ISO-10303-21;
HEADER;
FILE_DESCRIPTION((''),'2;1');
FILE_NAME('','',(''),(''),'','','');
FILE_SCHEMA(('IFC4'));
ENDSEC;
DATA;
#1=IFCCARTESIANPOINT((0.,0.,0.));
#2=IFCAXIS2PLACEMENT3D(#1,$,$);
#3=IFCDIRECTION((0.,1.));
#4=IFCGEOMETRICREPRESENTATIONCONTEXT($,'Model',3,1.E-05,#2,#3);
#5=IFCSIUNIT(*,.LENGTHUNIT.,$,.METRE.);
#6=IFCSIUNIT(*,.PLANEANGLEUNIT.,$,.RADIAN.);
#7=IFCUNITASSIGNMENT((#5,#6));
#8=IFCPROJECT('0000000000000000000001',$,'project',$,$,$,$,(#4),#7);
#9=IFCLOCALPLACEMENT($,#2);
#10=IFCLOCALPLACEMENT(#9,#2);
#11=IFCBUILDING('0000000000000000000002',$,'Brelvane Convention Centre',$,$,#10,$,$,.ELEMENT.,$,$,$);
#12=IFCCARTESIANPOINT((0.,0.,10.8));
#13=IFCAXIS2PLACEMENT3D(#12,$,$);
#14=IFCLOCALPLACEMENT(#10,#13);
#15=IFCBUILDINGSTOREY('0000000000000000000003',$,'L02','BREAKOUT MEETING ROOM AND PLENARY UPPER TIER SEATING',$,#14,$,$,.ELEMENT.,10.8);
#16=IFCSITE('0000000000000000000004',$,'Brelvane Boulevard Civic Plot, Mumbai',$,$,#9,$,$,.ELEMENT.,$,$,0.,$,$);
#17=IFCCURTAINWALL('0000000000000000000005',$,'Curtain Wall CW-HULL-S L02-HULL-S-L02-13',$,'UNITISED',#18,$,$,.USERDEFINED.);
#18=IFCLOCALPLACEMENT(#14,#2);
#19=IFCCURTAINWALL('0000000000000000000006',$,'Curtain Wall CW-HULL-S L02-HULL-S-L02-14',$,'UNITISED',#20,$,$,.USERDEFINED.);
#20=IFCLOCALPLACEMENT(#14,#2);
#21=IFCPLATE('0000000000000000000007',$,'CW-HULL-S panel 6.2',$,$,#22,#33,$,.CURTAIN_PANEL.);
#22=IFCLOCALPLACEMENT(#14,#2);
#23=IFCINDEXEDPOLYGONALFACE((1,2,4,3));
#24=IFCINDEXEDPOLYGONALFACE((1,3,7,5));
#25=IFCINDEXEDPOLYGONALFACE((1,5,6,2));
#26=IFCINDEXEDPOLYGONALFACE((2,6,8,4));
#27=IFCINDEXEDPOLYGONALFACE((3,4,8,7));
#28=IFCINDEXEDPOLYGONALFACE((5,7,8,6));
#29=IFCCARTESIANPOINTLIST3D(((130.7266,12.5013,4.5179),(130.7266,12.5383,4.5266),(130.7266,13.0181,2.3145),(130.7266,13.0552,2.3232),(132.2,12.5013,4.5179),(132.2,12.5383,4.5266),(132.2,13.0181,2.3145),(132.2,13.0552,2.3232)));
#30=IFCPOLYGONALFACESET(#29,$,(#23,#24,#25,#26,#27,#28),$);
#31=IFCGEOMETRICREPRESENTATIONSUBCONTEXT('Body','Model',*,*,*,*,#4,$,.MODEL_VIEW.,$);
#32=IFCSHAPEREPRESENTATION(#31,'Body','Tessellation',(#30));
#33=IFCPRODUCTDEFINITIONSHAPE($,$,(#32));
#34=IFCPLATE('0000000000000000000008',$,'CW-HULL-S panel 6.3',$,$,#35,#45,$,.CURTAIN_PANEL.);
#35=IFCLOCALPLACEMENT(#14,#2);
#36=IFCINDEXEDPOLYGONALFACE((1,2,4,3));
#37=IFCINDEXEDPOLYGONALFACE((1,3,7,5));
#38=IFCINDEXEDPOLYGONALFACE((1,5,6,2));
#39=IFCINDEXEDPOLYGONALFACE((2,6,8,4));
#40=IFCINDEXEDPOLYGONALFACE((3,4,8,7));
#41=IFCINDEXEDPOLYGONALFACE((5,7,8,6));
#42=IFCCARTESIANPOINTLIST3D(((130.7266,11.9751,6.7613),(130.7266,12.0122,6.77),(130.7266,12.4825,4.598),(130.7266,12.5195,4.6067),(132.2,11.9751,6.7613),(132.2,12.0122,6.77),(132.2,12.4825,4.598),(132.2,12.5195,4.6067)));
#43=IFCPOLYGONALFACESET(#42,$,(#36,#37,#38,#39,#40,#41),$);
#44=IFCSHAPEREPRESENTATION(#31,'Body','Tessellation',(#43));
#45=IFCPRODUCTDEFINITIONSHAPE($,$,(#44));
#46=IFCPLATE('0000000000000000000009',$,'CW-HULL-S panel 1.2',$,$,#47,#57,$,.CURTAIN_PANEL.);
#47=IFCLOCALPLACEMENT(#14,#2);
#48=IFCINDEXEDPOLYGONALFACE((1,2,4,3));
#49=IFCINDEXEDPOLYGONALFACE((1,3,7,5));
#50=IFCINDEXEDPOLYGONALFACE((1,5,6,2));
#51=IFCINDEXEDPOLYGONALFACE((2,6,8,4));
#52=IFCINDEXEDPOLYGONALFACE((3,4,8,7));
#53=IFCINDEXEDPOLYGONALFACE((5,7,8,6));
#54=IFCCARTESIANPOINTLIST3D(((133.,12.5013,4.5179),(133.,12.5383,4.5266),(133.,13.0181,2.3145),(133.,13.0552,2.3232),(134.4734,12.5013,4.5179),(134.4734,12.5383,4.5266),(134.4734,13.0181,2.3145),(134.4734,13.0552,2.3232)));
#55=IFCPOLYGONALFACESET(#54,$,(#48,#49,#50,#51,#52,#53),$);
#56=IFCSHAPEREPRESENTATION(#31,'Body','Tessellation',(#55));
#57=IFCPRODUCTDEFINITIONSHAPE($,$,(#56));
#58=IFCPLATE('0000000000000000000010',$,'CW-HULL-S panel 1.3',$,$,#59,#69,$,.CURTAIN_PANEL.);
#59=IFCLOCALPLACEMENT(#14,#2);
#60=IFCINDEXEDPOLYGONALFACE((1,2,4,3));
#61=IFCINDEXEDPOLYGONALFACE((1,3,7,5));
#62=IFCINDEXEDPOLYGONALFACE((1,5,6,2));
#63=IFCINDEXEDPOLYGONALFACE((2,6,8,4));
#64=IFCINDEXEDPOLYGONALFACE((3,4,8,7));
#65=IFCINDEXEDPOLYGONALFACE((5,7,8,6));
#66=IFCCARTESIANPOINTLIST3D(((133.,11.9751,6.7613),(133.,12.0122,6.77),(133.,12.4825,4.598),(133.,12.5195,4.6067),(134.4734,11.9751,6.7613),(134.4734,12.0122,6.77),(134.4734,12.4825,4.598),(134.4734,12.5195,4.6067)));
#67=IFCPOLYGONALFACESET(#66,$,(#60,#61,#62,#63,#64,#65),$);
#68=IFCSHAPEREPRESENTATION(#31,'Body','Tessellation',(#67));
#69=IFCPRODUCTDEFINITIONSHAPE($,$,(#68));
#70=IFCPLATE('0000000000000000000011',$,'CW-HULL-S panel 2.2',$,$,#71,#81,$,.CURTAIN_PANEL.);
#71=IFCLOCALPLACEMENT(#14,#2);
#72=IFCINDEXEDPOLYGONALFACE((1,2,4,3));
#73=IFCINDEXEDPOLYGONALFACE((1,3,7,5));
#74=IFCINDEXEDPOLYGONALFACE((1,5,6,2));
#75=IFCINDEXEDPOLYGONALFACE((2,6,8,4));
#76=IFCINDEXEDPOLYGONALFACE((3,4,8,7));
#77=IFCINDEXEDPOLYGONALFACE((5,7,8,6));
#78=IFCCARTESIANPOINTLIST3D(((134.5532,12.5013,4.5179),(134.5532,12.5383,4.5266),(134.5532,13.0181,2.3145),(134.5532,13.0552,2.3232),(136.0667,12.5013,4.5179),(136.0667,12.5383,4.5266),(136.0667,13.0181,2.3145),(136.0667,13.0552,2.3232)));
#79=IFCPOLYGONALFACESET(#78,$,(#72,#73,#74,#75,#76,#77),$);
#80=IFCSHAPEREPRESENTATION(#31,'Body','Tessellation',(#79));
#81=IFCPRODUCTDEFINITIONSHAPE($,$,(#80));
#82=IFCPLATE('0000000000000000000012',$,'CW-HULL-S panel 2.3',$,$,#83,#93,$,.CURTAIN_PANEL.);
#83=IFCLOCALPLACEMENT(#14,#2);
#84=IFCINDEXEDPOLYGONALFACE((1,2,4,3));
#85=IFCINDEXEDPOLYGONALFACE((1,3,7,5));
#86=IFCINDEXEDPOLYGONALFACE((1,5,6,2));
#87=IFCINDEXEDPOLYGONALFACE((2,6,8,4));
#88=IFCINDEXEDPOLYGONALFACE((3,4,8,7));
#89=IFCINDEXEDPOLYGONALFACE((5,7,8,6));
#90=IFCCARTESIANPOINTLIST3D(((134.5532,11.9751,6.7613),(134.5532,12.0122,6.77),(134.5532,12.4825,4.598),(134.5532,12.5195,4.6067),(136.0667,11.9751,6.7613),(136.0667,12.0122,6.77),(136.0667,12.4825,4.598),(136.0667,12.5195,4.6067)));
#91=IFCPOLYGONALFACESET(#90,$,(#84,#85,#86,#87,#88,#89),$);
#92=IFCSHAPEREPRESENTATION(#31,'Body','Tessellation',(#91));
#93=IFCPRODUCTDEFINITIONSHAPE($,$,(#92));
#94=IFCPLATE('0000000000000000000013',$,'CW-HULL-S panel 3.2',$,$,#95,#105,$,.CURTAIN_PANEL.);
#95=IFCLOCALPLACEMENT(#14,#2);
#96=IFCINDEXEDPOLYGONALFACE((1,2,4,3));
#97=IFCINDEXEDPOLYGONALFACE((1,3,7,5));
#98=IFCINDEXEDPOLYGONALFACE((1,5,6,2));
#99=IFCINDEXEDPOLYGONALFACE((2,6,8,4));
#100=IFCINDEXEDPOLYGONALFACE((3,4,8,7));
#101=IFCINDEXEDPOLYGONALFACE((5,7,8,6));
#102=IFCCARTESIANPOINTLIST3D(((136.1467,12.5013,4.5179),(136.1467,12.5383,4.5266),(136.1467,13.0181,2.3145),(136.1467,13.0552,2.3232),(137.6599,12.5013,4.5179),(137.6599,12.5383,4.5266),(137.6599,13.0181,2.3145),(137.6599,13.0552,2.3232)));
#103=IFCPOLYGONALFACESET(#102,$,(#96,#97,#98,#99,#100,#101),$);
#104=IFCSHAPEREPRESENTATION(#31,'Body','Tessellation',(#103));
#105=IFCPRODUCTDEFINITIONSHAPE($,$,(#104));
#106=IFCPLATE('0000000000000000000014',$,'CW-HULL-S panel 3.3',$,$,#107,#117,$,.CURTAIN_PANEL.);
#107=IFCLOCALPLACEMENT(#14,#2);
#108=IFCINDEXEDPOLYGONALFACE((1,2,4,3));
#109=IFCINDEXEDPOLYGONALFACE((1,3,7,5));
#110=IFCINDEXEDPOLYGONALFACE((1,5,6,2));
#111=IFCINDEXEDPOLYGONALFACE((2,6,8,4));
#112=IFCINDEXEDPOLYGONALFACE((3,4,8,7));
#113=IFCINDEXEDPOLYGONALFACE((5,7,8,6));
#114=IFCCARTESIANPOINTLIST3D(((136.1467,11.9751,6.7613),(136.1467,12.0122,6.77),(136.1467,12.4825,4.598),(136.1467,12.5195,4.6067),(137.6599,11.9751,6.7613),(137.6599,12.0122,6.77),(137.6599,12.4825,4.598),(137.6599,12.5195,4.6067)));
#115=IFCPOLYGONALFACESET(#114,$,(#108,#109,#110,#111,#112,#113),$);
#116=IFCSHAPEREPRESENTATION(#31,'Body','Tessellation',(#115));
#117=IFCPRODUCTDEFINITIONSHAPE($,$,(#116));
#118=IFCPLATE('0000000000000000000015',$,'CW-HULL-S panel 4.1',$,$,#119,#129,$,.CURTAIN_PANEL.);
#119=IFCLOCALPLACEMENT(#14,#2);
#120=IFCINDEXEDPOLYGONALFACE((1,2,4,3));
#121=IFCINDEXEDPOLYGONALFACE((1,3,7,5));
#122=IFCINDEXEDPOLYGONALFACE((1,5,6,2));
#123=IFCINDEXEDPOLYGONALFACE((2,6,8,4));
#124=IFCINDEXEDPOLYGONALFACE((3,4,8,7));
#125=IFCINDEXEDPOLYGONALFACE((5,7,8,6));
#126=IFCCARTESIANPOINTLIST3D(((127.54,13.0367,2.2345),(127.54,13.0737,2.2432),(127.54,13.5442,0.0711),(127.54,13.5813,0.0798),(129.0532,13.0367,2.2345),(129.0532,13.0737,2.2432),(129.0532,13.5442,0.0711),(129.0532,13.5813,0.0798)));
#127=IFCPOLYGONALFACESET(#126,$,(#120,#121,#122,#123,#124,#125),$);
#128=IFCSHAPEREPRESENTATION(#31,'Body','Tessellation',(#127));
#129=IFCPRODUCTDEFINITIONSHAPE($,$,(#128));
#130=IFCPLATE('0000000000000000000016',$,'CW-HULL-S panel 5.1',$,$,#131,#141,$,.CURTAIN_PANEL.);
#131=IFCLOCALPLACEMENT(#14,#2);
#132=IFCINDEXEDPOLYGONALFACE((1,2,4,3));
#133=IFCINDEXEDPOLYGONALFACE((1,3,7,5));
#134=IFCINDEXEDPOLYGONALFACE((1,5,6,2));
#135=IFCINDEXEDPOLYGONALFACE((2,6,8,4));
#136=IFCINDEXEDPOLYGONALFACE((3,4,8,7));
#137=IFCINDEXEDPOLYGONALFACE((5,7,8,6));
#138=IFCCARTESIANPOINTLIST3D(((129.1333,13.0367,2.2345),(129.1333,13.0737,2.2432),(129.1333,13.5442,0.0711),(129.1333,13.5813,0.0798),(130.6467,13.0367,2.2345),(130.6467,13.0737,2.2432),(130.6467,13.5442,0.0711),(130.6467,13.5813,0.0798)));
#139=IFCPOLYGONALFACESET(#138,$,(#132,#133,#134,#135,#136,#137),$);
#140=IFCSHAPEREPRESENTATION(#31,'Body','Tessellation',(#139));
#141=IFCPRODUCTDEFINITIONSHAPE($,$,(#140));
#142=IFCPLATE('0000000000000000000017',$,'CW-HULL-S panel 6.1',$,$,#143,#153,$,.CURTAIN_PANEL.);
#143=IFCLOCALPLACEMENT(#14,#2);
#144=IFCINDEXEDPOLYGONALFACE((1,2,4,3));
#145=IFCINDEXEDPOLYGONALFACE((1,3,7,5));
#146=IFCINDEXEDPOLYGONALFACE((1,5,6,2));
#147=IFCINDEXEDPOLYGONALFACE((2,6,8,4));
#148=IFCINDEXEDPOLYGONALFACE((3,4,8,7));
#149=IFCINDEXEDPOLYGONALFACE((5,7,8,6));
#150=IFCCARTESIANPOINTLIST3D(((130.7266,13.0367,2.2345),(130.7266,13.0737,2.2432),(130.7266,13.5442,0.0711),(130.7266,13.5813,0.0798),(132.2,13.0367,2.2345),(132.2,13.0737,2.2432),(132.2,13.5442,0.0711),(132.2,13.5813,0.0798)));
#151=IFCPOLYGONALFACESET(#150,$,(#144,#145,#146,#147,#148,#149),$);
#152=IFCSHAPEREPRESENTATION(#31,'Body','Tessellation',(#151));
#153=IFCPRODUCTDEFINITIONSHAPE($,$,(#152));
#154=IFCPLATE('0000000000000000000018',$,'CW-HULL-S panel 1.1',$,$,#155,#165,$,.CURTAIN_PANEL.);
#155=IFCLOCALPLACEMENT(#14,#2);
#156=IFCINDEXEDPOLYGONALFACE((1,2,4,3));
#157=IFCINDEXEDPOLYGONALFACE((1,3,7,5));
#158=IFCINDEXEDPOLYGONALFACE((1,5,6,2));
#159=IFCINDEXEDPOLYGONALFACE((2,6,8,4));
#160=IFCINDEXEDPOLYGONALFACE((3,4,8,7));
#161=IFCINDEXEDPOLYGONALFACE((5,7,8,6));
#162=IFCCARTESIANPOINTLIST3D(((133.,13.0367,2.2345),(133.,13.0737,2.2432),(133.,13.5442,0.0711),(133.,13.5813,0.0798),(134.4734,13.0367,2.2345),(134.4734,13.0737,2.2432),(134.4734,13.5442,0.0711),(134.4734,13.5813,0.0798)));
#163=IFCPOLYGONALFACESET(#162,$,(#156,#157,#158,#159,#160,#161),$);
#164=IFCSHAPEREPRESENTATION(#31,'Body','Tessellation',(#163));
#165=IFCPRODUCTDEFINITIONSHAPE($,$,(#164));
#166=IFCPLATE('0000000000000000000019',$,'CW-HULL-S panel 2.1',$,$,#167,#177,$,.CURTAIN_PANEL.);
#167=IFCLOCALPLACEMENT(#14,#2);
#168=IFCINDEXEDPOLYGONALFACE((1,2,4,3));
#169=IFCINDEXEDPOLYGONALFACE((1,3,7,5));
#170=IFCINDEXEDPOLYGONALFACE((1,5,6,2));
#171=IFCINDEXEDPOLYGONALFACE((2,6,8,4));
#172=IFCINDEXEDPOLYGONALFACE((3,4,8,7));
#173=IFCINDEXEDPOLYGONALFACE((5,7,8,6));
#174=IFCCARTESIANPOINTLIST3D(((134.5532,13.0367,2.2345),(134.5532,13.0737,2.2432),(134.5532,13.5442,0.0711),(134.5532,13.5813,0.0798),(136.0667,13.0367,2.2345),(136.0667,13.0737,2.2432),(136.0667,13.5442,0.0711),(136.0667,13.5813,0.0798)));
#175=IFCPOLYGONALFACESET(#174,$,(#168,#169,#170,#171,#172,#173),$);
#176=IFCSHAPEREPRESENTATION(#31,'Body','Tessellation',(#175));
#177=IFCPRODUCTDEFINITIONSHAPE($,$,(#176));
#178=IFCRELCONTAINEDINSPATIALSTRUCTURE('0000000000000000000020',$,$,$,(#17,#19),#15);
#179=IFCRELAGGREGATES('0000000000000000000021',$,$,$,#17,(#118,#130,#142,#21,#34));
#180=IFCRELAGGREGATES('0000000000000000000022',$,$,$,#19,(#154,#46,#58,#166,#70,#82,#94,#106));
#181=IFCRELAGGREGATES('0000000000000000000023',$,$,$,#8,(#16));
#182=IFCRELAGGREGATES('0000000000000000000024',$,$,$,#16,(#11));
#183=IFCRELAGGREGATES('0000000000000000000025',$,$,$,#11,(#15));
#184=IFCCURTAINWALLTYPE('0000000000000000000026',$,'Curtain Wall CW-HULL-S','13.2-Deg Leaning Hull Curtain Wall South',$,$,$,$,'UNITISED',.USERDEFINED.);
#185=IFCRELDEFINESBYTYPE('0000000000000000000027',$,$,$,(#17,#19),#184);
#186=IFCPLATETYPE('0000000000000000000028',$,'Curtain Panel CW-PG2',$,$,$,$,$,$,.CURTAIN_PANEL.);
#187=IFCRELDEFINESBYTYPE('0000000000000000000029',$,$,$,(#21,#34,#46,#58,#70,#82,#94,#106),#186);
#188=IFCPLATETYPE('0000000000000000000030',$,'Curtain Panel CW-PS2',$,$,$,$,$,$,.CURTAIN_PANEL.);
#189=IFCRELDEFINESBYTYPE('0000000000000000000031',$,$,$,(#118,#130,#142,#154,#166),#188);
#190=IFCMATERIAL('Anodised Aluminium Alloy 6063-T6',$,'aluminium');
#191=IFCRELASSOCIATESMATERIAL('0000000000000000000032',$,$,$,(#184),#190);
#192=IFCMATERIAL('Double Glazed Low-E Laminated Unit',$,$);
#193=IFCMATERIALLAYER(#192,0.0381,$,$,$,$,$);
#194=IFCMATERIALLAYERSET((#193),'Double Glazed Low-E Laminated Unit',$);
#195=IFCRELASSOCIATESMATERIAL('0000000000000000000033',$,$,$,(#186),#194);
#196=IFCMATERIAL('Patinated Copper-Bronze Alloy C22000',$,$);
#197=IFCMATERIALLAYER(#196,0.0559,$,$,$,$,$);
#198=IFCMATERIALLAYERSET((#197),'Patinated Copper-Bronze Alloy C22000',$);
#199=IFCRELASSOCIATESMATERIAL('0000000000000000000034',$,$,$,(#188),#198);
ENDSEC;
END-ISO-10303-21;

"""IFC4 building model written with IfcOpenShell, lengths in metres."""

from ifc_helpers import new_model, si_unit, direction, frame, origin, place, context, subcontext, project, spatial, polyline, outline, extrude, material, layer, layer_set, type_object, element, aggregate, save


model = new_model("IFC4")

# Units and contexts
model_context = context("Model", 3, precision=1e-05, world=origin(), true_north=direction((0.0, 1.0)))
body_context = subcontext(model_context, "Body", "Model", "MODEL_VIEW")
ifc_project = project(units=[si_unit("LENGTHUNIT", "METRE"), si_unit("PLANEANGLEUNIT", "RADIAN")], contexts=[model_context])

# Site, building, storey
site_placement = place(None, origin())
site = spatial("IfcSite", under=ifc_project, at=site_placement, Name="Brelvane Boulevard Civic Plot, Mumbai", CompositionType="ELEMENT", RefElevation=0.0)
building_placement = place(site_placement, origin())
building = spatial("IfcBuilding", under=site, at=building_placement, Name="Brelvane Convention Centre", CompositionType="ELEMENT")
storey_placement = place(building_placement, frame((0.0, 0.0, 10.8)))
storey = spatial("IfcBuildingStorey", under=building, at=storey_placement, Name="L02", Description="BREAKOUT MEETING ROOM AND PLENARY UPPER TIER SEATING", CompositionType="ELEMENT", Elevation=10.8)

# Curtain walls
ifc_material_1 = material(Name="Anodised Aluminium Alloy 6063-T6", Category="aluminium")
curtain_wall_type = type_object("IfcCurtainWallType", Name="Curtain Wall CW-HULL-S", Description="13.2-Deg Leaning Hull Curtain Wall South", ElementType="UNITISED", PredefinedType="USERDEFINED", material=ifc_material_1)
curtain_wall_1_placement = place(storey_placement, origin())
curtain_wall_1 = element("IfcCurtainWall", 1, at=curtain_wall_1_placement, inside=storey, type_object=curtain_wall_type, Name="Curtain Wall CW-HULL-S L02-HULL-S-L02-13", ObjectType="UNITISED", PredefinedType="USERDEFINED")
curtain_wall_2_placement = place(storey_placement, origin())
curtain_wall_2 = element("IfcCurtainWall", 2, at=curtain_wall_2_placement, inside=storey, type_object=curtain_wall_type, Name="Curtain Wall CW-HULL-S L02-HULL-S-L02-14", ObjectType="UNITISED", PredefinedType="USERDEFINED")

# Plates
ifc_material_2 = material(Name="Double Glazed Low-E Laminated Unit")
ifc_layer_1 = layer(ifc_material_2, 0.0381)
ifc_layer_set_1 = layer_set([ifc_layer_1], Name="Double Glazed Low-E Laminated Unit")
plate_type_1 = type_object("IfcPlateType", Name="Curtain Panel CW-PG2", PredefinedType="CURTAIN_PANEL", material=ifc_layer_set_1)
plate_1_placement = place(storey_placement, frame((130.7266, 13.0552, 2.3232), z_axis=(0.0, 0.973574, 0.228372), x_axis=(1.0, 0.0, 0.0)))
plate_1 = element("IfcPlate", 3, at=plate_1_placement, type_object=plate_type_1, Name="CW-HULL-S panel 6.2", PredefinedType="CURTAIN_PANEL", context=body_context, shape_type="SweptSolid", body=[
    extrude(outline(polyline([(0.0, 0.0), (1.4734, 0.0), (1.4734, -2.2632), (0.0, -2.2632), (0.0, 0.0)])), origin(), (0.0, 0.0, -1.0), 0.0381),
])
plate_2_placement = place(storey_placement, frame((130.7266, 12.5195, 4.6067), z_axis=(0.0, 0.973587, 0.228317), x_axis=(1.0, 0.0, 0.0)))
plate_2 = element("IfcPlate", 4, at=plate_2_placement, type_object=plate_type_1, Name="CW-HULL-S panel 6.3", PredefinedType="CURTAIN_PANEL", context=body_context, shape_type="SweptSolid", body=[
    extrude(outline(polyline([(0.0, 0.0), (1.4734, 0.0), (1.4734, -2.222), (0.0, -2.222), (0.0, 0.0)])), origin(), (0.0, 0.0, -1.0), 0.0381),
])
plate_3_placement = place(storey_placement, frame((133.0, 13.0552, 2.3232), z_axis=(0.0, 0.973574, 0.228372), x_axis=(1.0, 0.0, 0.0)))
plate_3 = element("IfcPlate", 5, at=plate_3_placement, type_object=plate_type_1, Name="CW-HULL-S panel 1.2", PredefinedType="CURTAIN_PANEL", context=body_context, shape_type="SweptSolid", body=[
    extrude(outline(polyline([(0.0, 0.0), (1.4734, 0.0), (1.4734, -2.2632), (0.0, -2.2632), (0.0, 0.0)])), origin(), (0.0, 0.0, -1.0), 0.0381),
])
plate_4_placement = place(storey_placement, frame((133.0, 12.5195, 4.6067), z_axis=(0.0, 0.973587, 0.228317), x_axis=(1.0, 0.0, 0.0)))
plate_4 = element("IfcPlate", 6, at=plate_4_placement, type_object=plate_type_1, Name="CW-HULL-S panel 1.3", PredefinedType="CURTAIN_PANEL", context=body_context, shape_type="SweptSolid", body=[
    extrude(outline(polyline([(0.0, 0.0), (1.4734, 0.0), (1.4734, -2.222), (0.0, -2.222), (0.0, 0.0)])), origin(), (0.0, 0.0, -1.0), 0.0381),
])
plate_5_placement = place(storey_placement, frame((134.5532, 13.0552, 2.3232), z_axis=(0.0, 0.973574, 0.228372), x_axis=(1.0, 0.0, 0.0)))
plate_5 = element("IfcPlate", 7, at=plate_5_placement, type_object=plate_type_1, Name="CW-HULL-S panel 2.2", PredefinedType="CURTAIN_PANEL", context=body_context, shape_type="SweptSolid", body=[
    extrude(outline(polyline([(0.0, 0.0), (1.5134, 0.0), (1.5134, -2.2632), (0.0, -2.2632), (0.0, 0.0)])), origin(), (0.0, 0.0, -1.0), 0.0381),
])
plate_6_placement = place(storey_placement, frame((134.5532, 12.5195, 4.6067), z_axis=(0.0, 0.973587, 0.228317), x_axis=(1.0, 0.0, 0.0)))
plate_6 = element("IfcPlate", 8, at=plate_6_placement, type_object=plate_type_1, Name="CW-HULL-S panel 2.3", PredefinedType="CURTAIN_PANEL", context=body_context, shape_type="SweptSolid", body=[
    extrude(outline(polyline([(0.0, 0.0), (1.5134, 0.0), (1.5134, -2.222), (0.0, -2.222), (0.0, 0.0)])), origin(), (0.0, 0.0, -1.0), 0.0381),
])
plate_7_placement = place(storey_placement, frame((136.1467, 13.0552, 2.3232), z_axis=(0.0, 0.973574, 0.228372), x_axis=(1.0, 0.0, 0.0)))
plate_7 = element("IfcPlate", 9, at=plate_7_placement, type_object=plate_type_1, Name="CW-HULL-S panel 3.2", PredefinedType="CURTAIN_PANEL", context=body_context, shape_type="SweptSolid", body=[
    extrude(outline(polyline([(0.0, 0.0), (1.5132, 0.0), (1.5132, -2.2632), (0.0, -2.2632), (0.0, 0.0)])), origin(), (0.0, 0.0, -1.0), 0.0381),
])
plate_8_placement = place(storey_placement, frame((136.1467, 12.5195, 4.6067), z_axis=(0.0, 0.973587, 0.228317), x_axis=(1.0, 0.0, 0.0)))
plate_8 = element("IfcPlate", 10, at=plate_8_placement, type_object=plate_type_1, Name="CW-HULL-S panel 3.3", PredefinedType="CURTAIN_PANEL", context=body_context, shape_type="SweptSolid", body=[
    extrude(outline(polyline([(0.0, 0.0), (1.5132, 0.0), (1.5132, -2.222), (0.0, -2.222), (0.0, 0.0)])), origin(), (0.0, 0.0, -1.0), 0.0381),
])
ifc_material_3 = material(Name="Patinated Copper-Bronze Alloy C22000")
ifc_layer_2 = layer(ifc_material_3, 0.0559)
ifc_layer_set_2 = layer_set([ifc_layer_2], Name="Patinated Copper-Bronze Alloy C22000")
plate_type_2 = type_object("IfcPlateType", Name="Curtain Panel CW-PS2", PredefinedType="CURTAIN_PANEL", material=ifc_layer_set_2)
plate_9_placement = place(storey_placement, frame((127.54, 13.5813, 0.0798), z_axis=(0.0, 0.973563, 0.228421), x_axis=(1.0, 0.0, 0.0)))
plate_9 = element("IfcPlate", 11, at=plate_9_placement, type_object=plate_type_2, Name="CW-HULL-S panel 4.1", PredefinedType="CURTAIN_PANEL", context=body_context, shape_type="SweptSolid", body=[
    extrude(outline(polyline([(0.0, 0.0), (1.5132, 0.0), (1.5132, -2.2221), (0.0, -2.2221), (0.0, 0.0)])), origin(), (0.0, 0.0, -1.0), 0.0381),
])
plate_10_placement = place(storey_placement, frame((129.1333, 13.5813, 0.0798), z_axis=(0.0, 0.973563, 0.228421), x_axis=(1.0, 0.0, 0.0)))
plate_10 = element("IfcPlate", 12, at=plate_10_placement, type_object=plate_type_2, Name="CW-HULL-S panel 5.1", PredefinedType="CURTAIN_PANEL", context=body_context, shape_type="SweptSolid", body=[
    extrude(outline(polyline([(0.0, 0.0), (1.5134, 0.0), (1.5134, -2.2221), (0.0, -2.2221), (0.0, 0.0)])), origin(), (0.0, 0.0, -1.0), 0.0381),
])
plate_11_placement = place(storey_placement, frame((130.7266, 13.5813, 0.0798), z_axis=(0.0, 0.973563, 0.228421), x_axis=(1.0, 0.0, 0.0)))
plate_11 = element("IfcPlate", 13, at=plate_11_placement, type_object=plate_type_2, Name="CW-HULL-S panel 6.1", PredefinedType="CURTAIN_PANEL", context=body_context, shape_type="SweptSolid", body=[
    extrude(outline(polyline([(0.0, 0.0), (1.4734, 0.0), (1.4734, -2.2221), (0.0, -2.2221), (0.0, 0.0)])), origin(), (0.0, 0.0, -1.0), 0.0381),
])
aggregate(curtain_wall_1, [plate_9, plate_10, plate_11, plate_1, plate_2])
plate_12_placement = place(storey_placement, frame((133.0, 13.5813, 0.0798), z_axis=(0.0, 0.973563, 0.228421), x_axis=(1.0, 0.0, 0.0)))
plate_12 = element("IfcPlate", 14, at=plate_12_placement, type_object=plate_type_2, Name="CW-HULL-S panel 1.1", PredefinedType="CURTAIN_PANEL", context=body_context, shape_type="SweptSolid", body=[
    extrude(outline(polyline([(0.0, 0.0), (1.4734, 0.0), (1.4734, -2.2221), (0.0, -2.2221), (0.0, 0.0)])), origin(), (0.0, 0.0, -1.0), 0.0381),
])
plate_13_placement = place(storey_placement, frame((134.5532, 13.5813, 0.0798), z_axis=(0.0, 0.973563, 0.228421), x_axis=(1.0, 0.0, 0.0)))
plate_13 = element("IfcPlate", 15, at=plate_13_placement, type_object=plate_type_2, Name="CW-HULL-S panel 2.1", PredefinedType="CURTAIN_PANEL", context=body_context, shape_type="SweptSolid", body=[
    extrude(outline(polyline([(0.0, 0.0), (1.5134, 0.0), (1.5134, -2.2221), (0.0, -2.2221), (0.0, 0.0)])), origin(), (0.0, 0.0, -1.0), 0.0381),
])
aggregate(curtain_wall_2, [plate_12, plate_3, plate_4, plate_13, plate_5, plate_6, plate_7, plate_8])

save(model, "model.ifc")
